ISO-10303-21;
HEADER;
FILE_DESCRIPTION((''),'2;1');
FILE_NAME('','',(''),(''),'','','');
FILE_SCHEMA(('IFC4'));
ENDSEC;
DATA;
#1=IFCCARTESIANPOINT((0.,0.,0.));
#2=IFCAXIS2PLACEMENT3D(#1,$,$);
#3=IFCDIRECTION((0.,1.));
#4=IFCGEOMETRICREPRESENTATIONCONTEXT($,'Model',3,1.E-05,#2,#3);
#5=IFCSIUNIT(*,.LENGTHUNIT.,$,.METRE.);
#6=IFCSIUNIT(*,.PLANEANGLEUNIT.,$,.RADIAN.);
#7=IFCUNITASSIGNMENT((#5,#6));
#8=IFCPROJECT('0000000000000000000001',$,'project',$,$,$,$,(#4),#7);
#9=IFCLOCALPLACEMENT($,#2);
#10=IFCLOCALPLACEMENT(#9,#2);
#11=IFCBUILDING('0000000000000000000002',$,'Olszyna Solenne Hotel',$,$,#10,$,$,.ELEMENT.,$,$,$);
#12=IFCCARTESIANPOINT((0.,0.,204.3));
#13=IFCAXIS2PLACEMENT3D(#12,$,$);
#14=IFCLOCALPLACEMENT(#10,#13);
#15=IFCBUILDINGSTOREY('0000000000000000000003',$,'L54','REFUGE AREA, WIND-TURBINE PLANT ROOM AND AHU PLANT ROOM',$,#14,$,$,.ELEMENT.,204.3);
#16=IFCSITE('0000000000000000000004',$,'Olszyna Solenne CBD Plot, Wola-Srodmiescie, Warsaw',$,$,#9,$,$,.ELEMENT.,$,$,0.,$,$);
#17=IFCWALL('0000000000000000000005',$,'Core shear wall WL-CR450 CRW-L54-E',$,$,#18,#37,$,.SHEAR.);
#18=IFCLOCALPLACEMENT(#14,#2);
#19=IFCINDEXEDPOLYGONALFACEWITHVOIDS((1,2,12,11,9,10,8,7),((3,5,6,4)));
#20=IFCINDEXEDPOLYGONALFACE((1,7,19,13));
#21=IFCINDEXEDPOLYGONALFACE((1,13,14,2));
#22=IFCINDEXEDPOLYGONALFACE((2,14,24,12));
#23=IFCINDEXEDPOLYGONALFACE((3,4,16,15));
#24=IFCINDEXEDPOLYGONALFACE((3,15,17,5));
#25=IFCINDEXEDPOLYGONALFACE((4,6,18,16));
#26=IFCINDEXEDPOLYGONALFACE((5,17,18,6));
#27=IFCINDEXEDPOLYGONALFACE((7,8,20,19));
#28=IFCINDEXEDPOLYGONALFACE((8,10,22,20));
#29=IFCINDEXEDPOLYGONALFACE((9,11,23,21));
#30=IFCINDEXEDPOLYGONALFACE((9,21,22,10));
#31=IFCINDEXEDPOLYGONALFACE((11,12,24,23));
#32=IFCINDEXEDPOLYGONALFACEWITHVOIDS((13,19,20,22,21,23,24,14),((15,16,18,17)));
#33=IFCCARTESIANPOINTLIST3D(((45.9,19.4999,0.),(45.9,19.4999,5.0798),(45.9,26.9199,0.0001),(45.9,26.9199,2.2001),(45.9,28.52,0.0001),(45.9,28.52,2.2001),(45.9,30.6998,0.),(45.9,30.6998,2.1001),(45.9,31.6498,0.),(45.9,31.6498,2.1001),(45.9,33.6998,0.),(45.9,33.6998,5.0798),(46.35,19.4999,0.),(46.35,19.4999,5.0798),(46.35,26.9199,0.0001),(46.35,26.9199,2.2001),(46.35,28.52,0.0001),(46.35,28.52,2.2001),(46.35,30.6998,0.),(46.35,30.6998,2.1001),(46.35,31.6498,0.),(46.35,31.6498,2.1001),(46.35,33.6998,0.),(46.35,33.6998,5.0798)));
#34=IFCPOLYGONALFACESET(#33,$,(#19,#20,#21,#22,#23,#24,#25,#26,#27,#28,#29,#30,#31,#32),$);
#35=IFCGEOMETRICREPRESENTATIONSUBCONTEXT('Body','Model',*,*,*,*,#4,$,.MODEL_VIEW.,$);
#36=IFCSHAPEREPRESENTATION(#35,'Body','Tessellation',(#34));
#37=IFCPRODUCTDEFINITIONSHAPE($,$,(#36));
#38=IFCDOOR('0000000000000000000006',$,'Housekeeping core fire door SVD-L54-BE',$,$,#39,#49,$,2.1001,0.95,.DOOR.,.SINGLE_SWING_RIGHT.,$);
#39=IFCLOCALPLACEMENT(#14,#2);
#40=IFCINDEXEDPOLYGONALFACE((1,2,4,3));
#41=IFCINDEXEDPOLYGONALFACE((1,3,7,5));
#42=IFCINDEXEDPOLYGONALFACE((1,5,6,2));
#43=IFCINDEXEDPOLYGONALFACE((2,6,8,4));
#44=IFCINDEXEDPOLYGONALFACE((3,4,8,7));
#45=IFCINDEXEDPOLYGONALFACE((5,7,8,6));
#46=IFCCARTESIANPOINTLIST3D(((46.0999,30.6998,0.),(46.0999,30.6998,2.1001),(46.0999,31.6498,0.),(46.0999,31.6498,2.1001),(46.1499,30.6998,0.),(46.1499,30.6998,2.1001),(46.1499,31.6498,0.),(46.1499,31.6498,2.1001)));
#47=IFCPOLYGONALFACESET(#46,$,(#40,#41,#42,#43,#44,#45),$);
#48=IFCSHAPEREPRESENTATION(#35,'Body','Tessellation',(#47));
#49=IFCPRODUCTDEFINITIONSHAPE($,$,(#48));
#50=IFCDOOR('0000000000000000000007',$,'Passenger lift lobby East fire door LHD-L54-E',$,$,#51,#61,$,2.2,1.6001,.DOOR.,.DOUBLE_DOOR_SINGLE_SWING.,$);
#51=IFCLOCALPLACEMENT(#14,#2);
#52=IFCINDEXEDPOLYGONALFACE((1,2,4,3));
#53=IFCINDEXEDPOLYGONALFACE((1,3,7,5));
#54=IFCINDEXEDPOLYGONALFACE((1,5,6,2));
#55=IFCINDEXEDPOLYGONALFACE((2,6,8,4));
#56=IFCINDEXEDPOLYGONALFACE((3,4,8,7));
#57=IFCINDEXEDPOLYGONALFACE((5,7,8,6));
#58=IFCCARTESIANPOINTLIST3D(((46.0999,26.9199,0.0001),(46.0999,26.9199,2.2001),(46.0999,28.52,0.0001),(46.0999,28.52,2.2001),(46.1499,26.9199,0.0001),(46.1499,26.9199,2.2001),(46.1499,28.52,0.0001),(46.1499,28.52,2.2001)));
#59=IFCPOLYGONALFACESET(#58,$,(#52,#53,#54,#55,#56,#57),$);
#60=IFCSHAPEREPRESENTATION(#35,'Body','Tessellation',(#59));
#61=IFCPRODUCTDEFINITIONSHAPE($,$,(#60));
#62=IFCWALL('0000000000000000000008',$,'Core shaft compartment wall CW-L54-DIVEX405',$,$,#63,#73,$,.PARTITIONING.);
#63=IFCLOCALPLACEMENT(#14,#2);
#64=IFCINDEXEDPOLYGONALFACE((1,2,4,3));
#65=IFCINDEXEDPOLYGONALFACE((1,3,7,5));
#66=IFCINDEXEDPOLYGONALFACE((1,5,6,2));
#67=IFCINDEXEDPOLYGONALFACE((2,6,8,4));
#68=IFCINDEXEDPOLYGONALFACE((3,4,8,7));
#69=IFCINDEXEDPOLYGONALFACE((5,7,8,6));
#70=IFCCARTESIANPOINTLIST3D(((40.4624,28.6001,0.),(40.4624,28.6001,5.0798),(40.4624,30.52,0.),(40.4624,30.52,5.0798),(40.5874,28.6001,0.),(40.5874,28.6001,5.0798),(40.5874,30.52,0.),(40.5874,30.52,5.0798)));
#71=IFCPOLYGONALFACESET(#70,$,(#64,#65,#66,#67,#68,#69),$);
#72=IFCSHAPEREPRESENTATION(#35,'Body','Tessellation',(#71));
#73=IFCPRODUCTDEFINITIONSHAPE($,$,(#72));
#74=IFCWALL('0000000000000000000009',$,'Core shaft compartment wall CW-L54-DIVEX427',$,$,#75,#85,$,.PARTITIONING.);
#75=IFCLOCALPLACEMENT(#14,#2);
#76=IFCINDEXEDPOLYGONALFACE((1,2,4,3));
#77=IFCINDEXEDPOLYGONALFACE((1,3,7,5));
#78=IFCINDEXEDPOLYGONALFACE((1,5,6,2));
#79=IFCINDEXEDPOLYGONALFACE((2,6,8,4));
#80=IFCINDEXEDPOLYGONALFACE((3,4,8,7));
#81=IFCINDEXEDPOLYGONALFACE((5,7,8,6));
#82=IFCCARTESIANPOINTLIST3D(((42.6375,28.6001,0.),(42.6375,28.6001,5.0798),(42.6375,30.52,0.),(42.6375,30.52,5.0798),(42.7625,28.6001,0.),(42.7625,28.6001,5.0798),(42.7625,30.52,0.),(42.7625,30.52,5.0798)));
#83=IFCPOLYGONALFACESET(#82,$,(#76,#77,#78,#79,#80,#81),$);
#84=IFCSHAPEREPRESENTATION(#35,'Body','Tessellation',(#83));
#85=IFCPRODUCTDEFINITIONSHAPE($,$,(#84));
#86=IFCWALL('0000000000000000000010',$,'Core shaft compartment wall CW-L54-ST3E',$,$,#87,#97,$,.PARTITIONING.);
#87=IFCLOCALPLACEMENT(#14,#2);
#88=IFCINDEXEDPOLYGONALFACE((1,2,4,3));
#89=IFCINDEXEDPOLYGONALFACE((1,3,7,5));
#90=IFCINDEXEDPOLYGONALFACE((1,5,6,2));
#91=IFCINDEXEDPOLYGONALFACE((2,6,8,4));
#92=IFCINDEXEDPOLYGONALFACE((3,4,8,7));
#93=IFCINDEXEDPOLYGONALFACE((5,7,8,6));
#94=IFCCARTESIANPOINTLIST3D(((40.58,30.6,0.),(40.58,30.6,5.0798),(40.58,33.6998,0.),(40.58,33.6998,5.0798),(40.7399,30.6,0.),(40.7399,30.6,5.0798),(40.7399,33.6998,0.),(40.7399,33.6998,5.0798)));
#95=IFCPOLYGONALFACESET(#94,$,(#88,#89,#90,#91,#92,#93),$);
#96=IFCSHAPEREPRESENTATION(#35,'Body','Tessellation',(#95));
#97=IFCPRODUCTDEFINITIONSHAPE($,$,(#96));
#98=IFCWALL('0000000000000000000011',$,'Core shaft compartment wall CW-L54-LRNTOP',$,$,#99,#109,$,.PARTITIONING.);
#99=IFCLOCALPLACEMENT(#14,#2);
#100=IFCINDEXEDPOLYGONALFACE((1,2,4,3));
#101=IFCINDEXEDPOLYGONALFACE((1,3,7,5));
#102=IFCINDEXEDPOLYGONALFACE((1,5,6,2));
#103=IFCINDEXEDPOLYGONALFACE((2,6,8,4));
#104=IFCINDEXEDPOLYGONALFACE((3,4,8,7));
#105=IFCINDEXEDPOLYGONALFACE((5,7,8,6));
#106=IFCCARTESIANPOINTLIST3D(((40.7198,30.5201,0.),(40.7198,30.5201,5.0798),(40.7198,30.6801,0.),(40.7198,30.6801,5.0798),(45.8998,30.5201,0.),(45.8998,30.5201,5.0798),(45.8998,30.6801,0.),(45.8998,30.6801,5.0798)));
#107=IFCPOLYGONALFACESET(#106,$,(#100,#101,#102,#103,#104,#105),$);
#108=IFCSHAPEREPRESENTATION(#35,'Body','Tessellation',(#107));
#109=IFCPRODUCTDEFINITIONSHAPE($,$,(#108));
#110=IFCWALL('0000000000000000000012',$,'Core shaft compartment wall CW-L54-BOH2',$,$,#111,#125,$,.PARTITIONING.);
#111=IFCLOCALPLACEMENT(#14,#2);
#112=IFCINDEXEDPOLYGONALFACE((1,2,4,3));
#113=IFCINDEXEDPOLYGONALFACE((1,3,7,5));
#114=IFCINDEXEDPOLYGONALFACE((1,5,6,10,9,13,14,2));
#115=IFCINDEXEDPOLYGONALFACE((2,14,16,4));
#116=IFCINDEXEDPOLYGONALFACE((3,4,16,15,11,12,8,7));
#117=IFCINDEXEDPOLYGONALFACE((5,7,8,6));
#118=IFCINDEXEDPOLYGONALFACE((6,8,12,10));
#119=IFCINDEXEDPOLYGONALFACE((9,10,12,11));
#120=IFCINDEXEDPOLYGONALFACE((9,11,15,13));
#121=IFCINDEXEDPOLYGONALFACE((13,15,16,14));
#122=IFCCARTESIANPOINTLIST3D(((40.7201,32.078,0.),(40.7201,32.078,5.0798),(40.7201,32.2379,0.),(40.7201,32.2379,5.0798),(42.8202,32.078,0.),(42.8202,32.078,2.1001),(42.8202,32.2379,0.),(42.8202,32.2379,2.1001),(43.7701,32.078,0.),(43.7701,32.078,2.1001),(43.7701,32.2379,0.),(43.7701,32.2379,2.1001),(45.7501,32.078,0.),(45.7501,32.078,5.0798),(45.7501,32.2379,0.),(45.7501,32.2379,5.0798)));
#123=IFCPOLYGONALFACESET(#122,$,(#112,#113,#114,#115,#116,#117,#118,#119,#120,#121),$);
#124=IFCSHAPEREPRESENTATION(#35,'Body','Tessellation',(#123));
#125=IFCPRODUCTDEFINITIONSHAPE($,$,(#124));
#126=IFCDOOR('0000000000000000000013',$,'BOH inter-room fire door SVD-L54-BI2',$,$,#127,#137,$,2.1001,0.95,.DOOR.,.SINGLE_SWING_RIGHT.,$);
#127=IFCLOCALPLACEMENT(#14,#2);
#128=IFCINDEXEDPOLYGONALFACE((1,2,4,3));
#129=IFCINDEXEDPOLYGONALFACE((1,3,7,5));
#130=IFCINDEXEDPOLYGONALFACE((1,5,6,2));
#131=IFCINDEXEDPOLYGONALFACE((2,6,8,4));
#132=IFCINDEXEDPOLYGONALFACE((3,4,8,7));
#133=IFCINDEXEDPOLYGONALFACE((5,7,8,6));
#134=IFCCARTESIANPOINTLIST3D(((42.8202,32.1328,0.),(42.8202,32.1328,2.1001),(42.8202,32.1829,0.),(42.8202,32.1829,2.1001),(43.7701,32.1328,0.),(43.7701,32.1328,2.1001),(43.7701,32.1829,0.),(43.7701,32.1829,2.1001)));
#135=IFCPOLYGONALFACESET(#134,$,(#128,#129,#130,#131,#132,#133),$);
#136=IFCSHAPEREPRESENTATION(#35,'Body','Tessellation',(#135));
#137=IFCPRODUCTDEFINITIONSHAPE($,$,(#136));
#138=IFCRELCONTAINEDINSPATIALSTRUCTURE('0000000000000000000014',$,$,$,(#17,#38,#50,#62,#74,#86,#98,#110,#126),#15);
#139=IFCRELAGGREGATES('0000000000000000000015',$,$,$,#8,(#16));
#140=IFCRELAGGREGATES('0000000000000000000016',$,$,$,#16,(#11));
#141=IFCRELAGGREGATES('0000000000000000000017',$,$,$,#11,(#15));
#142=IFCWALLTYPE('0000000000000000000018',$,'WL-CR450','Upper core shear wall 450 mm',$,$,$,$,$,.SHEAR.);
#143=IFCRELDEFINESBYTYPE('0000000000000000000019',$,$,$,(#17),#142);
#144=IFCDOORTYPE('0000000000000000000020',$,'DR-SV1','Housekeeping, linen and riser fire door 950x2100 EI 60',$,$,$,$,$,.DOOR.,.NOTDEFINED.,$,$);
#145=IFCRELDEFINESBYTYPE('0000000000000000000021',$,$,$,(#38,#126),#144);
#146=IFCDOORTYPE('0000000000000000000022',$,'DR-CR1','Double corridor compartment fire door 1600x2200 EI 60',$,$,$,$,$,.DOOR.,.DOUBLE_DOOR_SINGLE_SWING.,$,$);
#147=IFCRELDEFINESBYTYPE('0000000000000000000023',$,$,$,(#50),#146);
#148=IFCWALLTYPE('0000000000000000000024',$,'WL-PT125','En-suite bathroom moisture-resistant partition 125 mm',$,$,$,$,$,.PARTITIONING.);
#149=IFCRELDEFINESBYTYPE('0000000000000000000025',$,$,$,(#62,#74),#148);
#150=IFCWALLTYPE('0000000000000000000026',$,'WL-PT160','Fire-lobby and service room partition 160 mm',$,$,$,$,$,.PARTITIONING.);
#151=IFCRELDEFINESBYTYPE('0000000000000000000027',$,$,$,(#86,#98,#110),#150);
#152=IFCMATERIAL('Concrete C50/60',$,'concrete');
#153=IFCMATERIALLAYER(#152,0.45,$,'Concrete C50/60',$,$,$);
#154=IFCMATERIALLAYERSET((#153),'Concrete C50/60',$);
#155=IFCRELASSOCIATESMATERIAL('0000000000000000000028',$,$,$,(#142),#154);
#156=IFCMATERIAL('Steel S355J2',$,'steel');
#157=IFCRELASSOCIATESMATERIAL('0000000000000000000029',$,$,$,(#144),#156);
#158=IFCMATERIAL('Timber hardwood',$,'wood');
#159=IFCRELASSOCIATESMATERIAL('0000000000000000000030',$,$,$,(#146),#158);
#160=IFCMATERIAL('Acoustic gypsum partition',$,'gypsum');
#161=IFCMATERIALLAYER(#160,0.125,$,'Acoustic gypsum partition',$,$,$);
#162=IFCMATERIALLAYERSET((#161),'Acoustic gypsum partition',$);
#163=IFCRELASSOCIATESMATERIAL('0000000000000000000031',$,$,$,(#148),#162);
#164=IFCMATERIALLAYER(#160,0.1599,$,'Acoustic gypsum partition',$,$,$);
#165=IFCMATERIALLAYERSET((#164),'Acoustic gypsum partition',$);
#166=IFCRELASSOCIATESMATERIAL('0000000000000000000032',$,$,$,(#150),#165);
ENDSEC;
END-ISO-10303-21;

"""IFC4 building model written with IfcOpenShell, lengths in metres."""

from ifc_helpers import new_model, si_unit, direction, frame, frame_2d, origin, place, context, subcontext, project, spatial, rectangle, extrude, source, transform, mapped, material, layer, layer_set, type_object, type_shapes, element, fill, save


model = new_model("IFC4")

# Units and contexts
model_context = context("Model", 3, precision=1e-05, world=origin(), true_north=direction((0.0, 1.0)))
body_context = subcontext(model_context, "Body", "Model", "MODEL_VIEW")
ifc_project = project(units=[si_unit("LENGTHUNIT", "METRE"), si_unit("PLANEANGLEUNIT", "RADIAN")], contexts=[model_context])

# Site, building, storey
site_placement = place(None, origin())
site = spatial("IfcSite", under=ifc_project, at=site_placement, Name="Olszyna Solenne CBD Plot, Wola-Srodmiescie, Warsaw", CompositionType="ELEMENT", RefElevation=0.0)
building_placement = place(site_placement, origin())
building = spatial("IfcBuilding", under=site, at=building_placement, Name="Olszyna Solenne Hotel", CompositionType="ELEMENT")
storey_placement = place(building_placement, frame((0.0, 0.0, 204.3)))
storey = spatial("IfcBuildingStorey", under=building, at=storey_placement, Name="L54", Description="REFUGE AREA, WIND-TURBINE PLANT ROOM AND AHU PLANT ROOM", CompositionType="ELEMENT", Elevation=204.3)

# Shared definitions
ifc_material_1 = material(Name="Steel S355J2", Category="steel")

# Wall, openings, doors
ifc_material_2 = material(Name="Concrete C50/60", Category="concrete")
ifc_layer_1 = layer(ifc_material_2, 0.45, Name="Concrete C50/60")
ifc_layer_set_1 = layer_set([ifc_layer_1], Name="Concrete C50/60")
wall_type_1 = type_object("IfcWallType", Name="WL-CR450", Description="Upper core shear wall 450 mm", PredefinedType="SHEAR", material=ifc_layer_set_1)
wall_1_placement = place(storey_placement, frame((46.125, 33.7, 0.0), z_axis=(0.0, 0.0, 1.0), x_axis=(0.0, -1.0, 0.0)))
wall_1 = element("IfcWall", 1, at=wall_1_placement, inside=storey, type_object=wall_type_1, Name="Core shear wall WL-CR450 CRW-L54-E", PredefinedType="SHEAR", context=body_context, shape_type="SweptSolid", body=[
    extrude(rectangle(XDim=14.2, YDim=0.45, at=frame_2d((7.1001, 0.0))), origin(), (0.0, 0.0, 1.0), 5.0798),
])
opening_1_placement = place(wall_1_placement, frame((5.1799, 0.0, 0.0)))
opening_1 = element("IfcOpeningElement", 2, at=opening_1_placement, cuts=wall_1, PredefinedType="OPENING", context=body_context, shape_type="SweptSolid", body=[
    extrude(rectangle(XDim=1.6001, YDim=2.2, at=frame_2d((0.8, 1.1001))), frame((0.0, 0.2349, 0.0), z_axis=(0.0, -1.0, 0.0), x_axis=(1.0, 0.0, 0.0)), (0.0, 0.0, 1.0), 0.47),
])
opening_2_placement = place(wall_1_placement, frame((2.05, 0.0, 0.0)))
opening_2 = element("IfcOpeningElement", 3, at=opening_2_placement, cuts=wall_1, PredefinedType="OPENING", context=body_context, shape_type="SweptSolid", body=[
    extrude(rectangle(XDim=0.95, YDim=2.1001, at=frame_2d((0.4751, 1.05))), frame((0.0, 0.2349, 0.0), z_axis=(0.0, -1.0, 0.0), x_axis=(1.0, 0.0, 0.0)), (0.0, 0.0, 1.0), 0.47),
])
door_type_1 = type_object("IfcDoorType", Name="DR-SV1", Description="Housekeeping, linen and riser fire door 950x2100 EI 60", OperationType="NOTDEFINED", PredefinedType="DOOR", material=ifc_material_1)
shared_shape_1 = source(origin(), body_context, "Body", "SweptSolid", [
    extrude(rectangle(XDim=0.95, YDim=2.1001, at=frame_2d((0.4751, 1.05))), frame((0.0, 0.0249, 0.0), z_axis=(0.0, -1.0, 0.0), x_axis=(1.0, 0.0, 0.0)), (0.0, 0.0, 1.0), 0.05),
])
type_shapes(door_type_1, [shared_shape_1])
door_1_placement = place(opening_2_placement, origin())
door_1 = element("IfcDoor", 4, at=door_1_placement, inside=storey, type_object=door_type_1, Name="Housekeeping core fire door SVD-L54-BE", OperationType="SINGLE_SWING_RIGHT", OverallHeight=2.1001, OverallWidth=0.95, PredefinedType="DOOR", context=body_context, shape_type="MappedRepresentation", body=[
    mapped(shared_shape_1, transform((0.0, 0.0, 0.0), x_axis=(1.0, 0.0, 0.0), y_axis=(0.0, 1.0, 0.0), z_axis=(0.0, 0.0, 1.0), scale=1.0)),
])
fill(opening_2, door_1)
ifc_material_3 = material(Name="Timber hardwood", Category="wood")
door_type_2 = type_object("IfcDoorType", Name="DR-CR1", Description="Double corridor compartment fire door 1600x2200 EI 60", OperationType="DOUBLE_DOOR_SINGLE_SWING", PredefinedType="DOOR", material=ifc_material_3)
shared_shape_2 = source(origin(), body_context, "Body", "SweptSolid", [
    extrude(rectangle(XDim=1.6001, YDim=2.2, at=frame_2d((0.8, 1.1001))), frame((0.0, 0.0249, 0.0), z_axis=(0.0, -1.0, 0.0), x_axis=(1.0, 0.0, 0.0)), (0.0, 0.0, 1.0), 0.05),
])
type_shapes(door_type_2, [shared_shape_2])
door_2_placement = place(opening_1_placement, origin())
door_2 = element("IfcDoor", 5, at=door_2_placement, inside=storey, type_object=door_type_2, Name="Passenger lift lobby East fire door LHD-L54-E", OperationType="DOUBLE_DOOR_SINGLE_SWING", OverallHeight=2.2, OverallWidth=1.6001, PredefinedType="DOOR", context=body_context, shape_type="MappedRepresentation", body=[
    mapped(shared_shape_2, transform((0.0, 0.0, 0.0), x_axis=(1.0, 0.0, 0.0), y_axis=(0.0, 1.0, 0.0), z_axis=(0.0, 0.0, 1.0), scale=1.0)),
])
fill(opening_1, door_2)

# Walls
ifc_material_4 = material(Name="Acoustic gypsum partition", Category="gypsum")
ifc_layer_2 = layer(ifc_material_4, 0.125, Name="Acoustic gypsum partition")
ifc_layer_set_2 = layer_set([ifc_layer_2], Name="Acoustic gypsum partition")
wall_type_2 = type_object("IfcWallType", Name="WL-PT125", Description="En-suite bathroom moisture-resistant partition 125 mm", PredefinedType="PARTITIONING", material=ifc_layer_set_2)
for number, where, z_axis, x_axis, name in (
    (6, (40.5249, 28.6001, 0.0), (0.0, 0.0, 1.0), (0.0, 1.0, 0.0), "Core shaft compartment wall CW-L54-DIVEX405"),
    (7, (42.7, 28.6001, 0.0), (0.0, 0.0, 1.0), (0.0, 1.0, 0.0), "Core shaft compartment wall CW-L54-DIVEX427"),
):
    element("IfcWall", number, at=place(storey_placement, frame(where, z_axis=z_axis, x_axis=x_axis)), inside=storey, type_object=wall_type_2, Name=name, PredefinedType="PARTITIONING", context=body_context, shape_type="SweptSolid", body=[
        extrude(rectangle(XDim=1.9199, YDim=0.125, at=frame_2d((0.96, 0.0))), origin(), (0.0, 0.0, 1.0), 5.0798),
    ])
ifc_layer_3 = layer(ifc_material_4, 0.1599, Name="Acoustic gypsum partition")
ifc_layer_set_3 = layer_set([ifc_layer_3], Name="Acoustic gypsum partition")
wall_type_3 = type_object("IfcWallType", Name="WL-PT160", Description="Fire-lobby and service room partition 160 mm", PredefinedType="PARTITIONING", material=ifc_layer_set_3)
wall_2_placement = place(storey_placement, frame((40.6599, 30.6001, 0.0), z_axis=(0.0, 0.0, 1.0), x_axis=(0.0, 1.0, 0.0)))
element("IfcWall", 8, at=wall_2_placement, inside=storey, type_object=wall_type_3, Name="Core shaft compartment wall CW-L54-ST3E", PredefinedType="PARTITIONING", context=body_context, shape_type="SweptSolid", body=[
    extrude(rectangle(XDim=3.0999, YDim=0.1599, at=frame_2d((1.5498, 0.0))), origin(), (0.0, 0.0, 1.0), 5.0798),
])
wall_3_placement = place(storey_placement, frame((40.72, 30.6001, 0.0), z_axis=(0.0, 0.0, 1.0), x_axis=(1.0, 0.0, 0.0)))
element("IfcWall", 9, at=wall_3_placement, inside=storey, type_object=wall_type_3, Name="Core shaft compartment wall CW-L54-LRNTOP", PredefinedType="PARTITIONING", context=body_context, shape_type="SweptSolid", body=[
    extrude(rectangle(XDim=5.1799, YDim=0.1599, at=frame_2d((2.5898, 0.0))), origin(), (0.0, 0.0, 1.0), 5.0798),
])

# Wall, opening, door
wall_4_placement = place(storey_placement, frame((40.72, 32.158, 0.0), z_axis=(0.0, 0.0, 1.0), x_axis=(1.0, 0.0, 0.0)))
wall_4 = element("IfcWall", 10, at=wall_4_placement, inside=storey, type_object=wall_type_3, Name="Core shaft compartment wall CW-L54-BOH2", PredefinedType="PARTITIONING", context=body_context, shape_type="SweptSolid", body=[
    extrude(rectangle(XDim=5.03, YDim=0.1599, at=frame_2d((2.5151, 0.0))), origin(), (0.0, 0.0, 1.0), 5.0798),
])
opening_3_placement = place(wall_4_placement, frame((2.1001, 0.0, 0.0)))
opening_3 = element("IfcOpeningElement", 11, at=opening_3_placement, cuts=wall_4, PredefinedType="OPENING", context=body_context, shape_type="SweptSolid", body=[
    extrude(rectangle(XDim=0.95, YDim=2.1001, at=frame_2d((0.4751, 1.05))), frame((0.0, 0.0898, 0.0), z_axis=(0.0, -1.0, 0.0), x_axis=(1.0, 0.0, 0.0)), (0.0, 0.0, 1.0), 0.1799),
])
door_3_placement = place(opening_3_placement, origin())
door_3 = element("IfcDoor", 12, at=door_3_placement, inside=storey, type_object=door_type_1, Name="BOH inter-room fire door SVD-L54-BI2", OperationType="SINGLE_SWING_RIGHT", OverallHeight=2.1001, OverallWidth=0.95, PredefinedType="DOOR", context=body_context, shape_type="MappedRepresentation", body=[
    mapped(shared_shape_1, transform((0.0, 0.0, 0.0), x_axis=(1.0, 0.0, 0.0), y_axis=(0.0, 1.0, 0.0), z_axis=(0.0, 0.0, 1.0), scale=1.0)),
])
fill(opening_3, door_3)

save(model, "model.ifc")
